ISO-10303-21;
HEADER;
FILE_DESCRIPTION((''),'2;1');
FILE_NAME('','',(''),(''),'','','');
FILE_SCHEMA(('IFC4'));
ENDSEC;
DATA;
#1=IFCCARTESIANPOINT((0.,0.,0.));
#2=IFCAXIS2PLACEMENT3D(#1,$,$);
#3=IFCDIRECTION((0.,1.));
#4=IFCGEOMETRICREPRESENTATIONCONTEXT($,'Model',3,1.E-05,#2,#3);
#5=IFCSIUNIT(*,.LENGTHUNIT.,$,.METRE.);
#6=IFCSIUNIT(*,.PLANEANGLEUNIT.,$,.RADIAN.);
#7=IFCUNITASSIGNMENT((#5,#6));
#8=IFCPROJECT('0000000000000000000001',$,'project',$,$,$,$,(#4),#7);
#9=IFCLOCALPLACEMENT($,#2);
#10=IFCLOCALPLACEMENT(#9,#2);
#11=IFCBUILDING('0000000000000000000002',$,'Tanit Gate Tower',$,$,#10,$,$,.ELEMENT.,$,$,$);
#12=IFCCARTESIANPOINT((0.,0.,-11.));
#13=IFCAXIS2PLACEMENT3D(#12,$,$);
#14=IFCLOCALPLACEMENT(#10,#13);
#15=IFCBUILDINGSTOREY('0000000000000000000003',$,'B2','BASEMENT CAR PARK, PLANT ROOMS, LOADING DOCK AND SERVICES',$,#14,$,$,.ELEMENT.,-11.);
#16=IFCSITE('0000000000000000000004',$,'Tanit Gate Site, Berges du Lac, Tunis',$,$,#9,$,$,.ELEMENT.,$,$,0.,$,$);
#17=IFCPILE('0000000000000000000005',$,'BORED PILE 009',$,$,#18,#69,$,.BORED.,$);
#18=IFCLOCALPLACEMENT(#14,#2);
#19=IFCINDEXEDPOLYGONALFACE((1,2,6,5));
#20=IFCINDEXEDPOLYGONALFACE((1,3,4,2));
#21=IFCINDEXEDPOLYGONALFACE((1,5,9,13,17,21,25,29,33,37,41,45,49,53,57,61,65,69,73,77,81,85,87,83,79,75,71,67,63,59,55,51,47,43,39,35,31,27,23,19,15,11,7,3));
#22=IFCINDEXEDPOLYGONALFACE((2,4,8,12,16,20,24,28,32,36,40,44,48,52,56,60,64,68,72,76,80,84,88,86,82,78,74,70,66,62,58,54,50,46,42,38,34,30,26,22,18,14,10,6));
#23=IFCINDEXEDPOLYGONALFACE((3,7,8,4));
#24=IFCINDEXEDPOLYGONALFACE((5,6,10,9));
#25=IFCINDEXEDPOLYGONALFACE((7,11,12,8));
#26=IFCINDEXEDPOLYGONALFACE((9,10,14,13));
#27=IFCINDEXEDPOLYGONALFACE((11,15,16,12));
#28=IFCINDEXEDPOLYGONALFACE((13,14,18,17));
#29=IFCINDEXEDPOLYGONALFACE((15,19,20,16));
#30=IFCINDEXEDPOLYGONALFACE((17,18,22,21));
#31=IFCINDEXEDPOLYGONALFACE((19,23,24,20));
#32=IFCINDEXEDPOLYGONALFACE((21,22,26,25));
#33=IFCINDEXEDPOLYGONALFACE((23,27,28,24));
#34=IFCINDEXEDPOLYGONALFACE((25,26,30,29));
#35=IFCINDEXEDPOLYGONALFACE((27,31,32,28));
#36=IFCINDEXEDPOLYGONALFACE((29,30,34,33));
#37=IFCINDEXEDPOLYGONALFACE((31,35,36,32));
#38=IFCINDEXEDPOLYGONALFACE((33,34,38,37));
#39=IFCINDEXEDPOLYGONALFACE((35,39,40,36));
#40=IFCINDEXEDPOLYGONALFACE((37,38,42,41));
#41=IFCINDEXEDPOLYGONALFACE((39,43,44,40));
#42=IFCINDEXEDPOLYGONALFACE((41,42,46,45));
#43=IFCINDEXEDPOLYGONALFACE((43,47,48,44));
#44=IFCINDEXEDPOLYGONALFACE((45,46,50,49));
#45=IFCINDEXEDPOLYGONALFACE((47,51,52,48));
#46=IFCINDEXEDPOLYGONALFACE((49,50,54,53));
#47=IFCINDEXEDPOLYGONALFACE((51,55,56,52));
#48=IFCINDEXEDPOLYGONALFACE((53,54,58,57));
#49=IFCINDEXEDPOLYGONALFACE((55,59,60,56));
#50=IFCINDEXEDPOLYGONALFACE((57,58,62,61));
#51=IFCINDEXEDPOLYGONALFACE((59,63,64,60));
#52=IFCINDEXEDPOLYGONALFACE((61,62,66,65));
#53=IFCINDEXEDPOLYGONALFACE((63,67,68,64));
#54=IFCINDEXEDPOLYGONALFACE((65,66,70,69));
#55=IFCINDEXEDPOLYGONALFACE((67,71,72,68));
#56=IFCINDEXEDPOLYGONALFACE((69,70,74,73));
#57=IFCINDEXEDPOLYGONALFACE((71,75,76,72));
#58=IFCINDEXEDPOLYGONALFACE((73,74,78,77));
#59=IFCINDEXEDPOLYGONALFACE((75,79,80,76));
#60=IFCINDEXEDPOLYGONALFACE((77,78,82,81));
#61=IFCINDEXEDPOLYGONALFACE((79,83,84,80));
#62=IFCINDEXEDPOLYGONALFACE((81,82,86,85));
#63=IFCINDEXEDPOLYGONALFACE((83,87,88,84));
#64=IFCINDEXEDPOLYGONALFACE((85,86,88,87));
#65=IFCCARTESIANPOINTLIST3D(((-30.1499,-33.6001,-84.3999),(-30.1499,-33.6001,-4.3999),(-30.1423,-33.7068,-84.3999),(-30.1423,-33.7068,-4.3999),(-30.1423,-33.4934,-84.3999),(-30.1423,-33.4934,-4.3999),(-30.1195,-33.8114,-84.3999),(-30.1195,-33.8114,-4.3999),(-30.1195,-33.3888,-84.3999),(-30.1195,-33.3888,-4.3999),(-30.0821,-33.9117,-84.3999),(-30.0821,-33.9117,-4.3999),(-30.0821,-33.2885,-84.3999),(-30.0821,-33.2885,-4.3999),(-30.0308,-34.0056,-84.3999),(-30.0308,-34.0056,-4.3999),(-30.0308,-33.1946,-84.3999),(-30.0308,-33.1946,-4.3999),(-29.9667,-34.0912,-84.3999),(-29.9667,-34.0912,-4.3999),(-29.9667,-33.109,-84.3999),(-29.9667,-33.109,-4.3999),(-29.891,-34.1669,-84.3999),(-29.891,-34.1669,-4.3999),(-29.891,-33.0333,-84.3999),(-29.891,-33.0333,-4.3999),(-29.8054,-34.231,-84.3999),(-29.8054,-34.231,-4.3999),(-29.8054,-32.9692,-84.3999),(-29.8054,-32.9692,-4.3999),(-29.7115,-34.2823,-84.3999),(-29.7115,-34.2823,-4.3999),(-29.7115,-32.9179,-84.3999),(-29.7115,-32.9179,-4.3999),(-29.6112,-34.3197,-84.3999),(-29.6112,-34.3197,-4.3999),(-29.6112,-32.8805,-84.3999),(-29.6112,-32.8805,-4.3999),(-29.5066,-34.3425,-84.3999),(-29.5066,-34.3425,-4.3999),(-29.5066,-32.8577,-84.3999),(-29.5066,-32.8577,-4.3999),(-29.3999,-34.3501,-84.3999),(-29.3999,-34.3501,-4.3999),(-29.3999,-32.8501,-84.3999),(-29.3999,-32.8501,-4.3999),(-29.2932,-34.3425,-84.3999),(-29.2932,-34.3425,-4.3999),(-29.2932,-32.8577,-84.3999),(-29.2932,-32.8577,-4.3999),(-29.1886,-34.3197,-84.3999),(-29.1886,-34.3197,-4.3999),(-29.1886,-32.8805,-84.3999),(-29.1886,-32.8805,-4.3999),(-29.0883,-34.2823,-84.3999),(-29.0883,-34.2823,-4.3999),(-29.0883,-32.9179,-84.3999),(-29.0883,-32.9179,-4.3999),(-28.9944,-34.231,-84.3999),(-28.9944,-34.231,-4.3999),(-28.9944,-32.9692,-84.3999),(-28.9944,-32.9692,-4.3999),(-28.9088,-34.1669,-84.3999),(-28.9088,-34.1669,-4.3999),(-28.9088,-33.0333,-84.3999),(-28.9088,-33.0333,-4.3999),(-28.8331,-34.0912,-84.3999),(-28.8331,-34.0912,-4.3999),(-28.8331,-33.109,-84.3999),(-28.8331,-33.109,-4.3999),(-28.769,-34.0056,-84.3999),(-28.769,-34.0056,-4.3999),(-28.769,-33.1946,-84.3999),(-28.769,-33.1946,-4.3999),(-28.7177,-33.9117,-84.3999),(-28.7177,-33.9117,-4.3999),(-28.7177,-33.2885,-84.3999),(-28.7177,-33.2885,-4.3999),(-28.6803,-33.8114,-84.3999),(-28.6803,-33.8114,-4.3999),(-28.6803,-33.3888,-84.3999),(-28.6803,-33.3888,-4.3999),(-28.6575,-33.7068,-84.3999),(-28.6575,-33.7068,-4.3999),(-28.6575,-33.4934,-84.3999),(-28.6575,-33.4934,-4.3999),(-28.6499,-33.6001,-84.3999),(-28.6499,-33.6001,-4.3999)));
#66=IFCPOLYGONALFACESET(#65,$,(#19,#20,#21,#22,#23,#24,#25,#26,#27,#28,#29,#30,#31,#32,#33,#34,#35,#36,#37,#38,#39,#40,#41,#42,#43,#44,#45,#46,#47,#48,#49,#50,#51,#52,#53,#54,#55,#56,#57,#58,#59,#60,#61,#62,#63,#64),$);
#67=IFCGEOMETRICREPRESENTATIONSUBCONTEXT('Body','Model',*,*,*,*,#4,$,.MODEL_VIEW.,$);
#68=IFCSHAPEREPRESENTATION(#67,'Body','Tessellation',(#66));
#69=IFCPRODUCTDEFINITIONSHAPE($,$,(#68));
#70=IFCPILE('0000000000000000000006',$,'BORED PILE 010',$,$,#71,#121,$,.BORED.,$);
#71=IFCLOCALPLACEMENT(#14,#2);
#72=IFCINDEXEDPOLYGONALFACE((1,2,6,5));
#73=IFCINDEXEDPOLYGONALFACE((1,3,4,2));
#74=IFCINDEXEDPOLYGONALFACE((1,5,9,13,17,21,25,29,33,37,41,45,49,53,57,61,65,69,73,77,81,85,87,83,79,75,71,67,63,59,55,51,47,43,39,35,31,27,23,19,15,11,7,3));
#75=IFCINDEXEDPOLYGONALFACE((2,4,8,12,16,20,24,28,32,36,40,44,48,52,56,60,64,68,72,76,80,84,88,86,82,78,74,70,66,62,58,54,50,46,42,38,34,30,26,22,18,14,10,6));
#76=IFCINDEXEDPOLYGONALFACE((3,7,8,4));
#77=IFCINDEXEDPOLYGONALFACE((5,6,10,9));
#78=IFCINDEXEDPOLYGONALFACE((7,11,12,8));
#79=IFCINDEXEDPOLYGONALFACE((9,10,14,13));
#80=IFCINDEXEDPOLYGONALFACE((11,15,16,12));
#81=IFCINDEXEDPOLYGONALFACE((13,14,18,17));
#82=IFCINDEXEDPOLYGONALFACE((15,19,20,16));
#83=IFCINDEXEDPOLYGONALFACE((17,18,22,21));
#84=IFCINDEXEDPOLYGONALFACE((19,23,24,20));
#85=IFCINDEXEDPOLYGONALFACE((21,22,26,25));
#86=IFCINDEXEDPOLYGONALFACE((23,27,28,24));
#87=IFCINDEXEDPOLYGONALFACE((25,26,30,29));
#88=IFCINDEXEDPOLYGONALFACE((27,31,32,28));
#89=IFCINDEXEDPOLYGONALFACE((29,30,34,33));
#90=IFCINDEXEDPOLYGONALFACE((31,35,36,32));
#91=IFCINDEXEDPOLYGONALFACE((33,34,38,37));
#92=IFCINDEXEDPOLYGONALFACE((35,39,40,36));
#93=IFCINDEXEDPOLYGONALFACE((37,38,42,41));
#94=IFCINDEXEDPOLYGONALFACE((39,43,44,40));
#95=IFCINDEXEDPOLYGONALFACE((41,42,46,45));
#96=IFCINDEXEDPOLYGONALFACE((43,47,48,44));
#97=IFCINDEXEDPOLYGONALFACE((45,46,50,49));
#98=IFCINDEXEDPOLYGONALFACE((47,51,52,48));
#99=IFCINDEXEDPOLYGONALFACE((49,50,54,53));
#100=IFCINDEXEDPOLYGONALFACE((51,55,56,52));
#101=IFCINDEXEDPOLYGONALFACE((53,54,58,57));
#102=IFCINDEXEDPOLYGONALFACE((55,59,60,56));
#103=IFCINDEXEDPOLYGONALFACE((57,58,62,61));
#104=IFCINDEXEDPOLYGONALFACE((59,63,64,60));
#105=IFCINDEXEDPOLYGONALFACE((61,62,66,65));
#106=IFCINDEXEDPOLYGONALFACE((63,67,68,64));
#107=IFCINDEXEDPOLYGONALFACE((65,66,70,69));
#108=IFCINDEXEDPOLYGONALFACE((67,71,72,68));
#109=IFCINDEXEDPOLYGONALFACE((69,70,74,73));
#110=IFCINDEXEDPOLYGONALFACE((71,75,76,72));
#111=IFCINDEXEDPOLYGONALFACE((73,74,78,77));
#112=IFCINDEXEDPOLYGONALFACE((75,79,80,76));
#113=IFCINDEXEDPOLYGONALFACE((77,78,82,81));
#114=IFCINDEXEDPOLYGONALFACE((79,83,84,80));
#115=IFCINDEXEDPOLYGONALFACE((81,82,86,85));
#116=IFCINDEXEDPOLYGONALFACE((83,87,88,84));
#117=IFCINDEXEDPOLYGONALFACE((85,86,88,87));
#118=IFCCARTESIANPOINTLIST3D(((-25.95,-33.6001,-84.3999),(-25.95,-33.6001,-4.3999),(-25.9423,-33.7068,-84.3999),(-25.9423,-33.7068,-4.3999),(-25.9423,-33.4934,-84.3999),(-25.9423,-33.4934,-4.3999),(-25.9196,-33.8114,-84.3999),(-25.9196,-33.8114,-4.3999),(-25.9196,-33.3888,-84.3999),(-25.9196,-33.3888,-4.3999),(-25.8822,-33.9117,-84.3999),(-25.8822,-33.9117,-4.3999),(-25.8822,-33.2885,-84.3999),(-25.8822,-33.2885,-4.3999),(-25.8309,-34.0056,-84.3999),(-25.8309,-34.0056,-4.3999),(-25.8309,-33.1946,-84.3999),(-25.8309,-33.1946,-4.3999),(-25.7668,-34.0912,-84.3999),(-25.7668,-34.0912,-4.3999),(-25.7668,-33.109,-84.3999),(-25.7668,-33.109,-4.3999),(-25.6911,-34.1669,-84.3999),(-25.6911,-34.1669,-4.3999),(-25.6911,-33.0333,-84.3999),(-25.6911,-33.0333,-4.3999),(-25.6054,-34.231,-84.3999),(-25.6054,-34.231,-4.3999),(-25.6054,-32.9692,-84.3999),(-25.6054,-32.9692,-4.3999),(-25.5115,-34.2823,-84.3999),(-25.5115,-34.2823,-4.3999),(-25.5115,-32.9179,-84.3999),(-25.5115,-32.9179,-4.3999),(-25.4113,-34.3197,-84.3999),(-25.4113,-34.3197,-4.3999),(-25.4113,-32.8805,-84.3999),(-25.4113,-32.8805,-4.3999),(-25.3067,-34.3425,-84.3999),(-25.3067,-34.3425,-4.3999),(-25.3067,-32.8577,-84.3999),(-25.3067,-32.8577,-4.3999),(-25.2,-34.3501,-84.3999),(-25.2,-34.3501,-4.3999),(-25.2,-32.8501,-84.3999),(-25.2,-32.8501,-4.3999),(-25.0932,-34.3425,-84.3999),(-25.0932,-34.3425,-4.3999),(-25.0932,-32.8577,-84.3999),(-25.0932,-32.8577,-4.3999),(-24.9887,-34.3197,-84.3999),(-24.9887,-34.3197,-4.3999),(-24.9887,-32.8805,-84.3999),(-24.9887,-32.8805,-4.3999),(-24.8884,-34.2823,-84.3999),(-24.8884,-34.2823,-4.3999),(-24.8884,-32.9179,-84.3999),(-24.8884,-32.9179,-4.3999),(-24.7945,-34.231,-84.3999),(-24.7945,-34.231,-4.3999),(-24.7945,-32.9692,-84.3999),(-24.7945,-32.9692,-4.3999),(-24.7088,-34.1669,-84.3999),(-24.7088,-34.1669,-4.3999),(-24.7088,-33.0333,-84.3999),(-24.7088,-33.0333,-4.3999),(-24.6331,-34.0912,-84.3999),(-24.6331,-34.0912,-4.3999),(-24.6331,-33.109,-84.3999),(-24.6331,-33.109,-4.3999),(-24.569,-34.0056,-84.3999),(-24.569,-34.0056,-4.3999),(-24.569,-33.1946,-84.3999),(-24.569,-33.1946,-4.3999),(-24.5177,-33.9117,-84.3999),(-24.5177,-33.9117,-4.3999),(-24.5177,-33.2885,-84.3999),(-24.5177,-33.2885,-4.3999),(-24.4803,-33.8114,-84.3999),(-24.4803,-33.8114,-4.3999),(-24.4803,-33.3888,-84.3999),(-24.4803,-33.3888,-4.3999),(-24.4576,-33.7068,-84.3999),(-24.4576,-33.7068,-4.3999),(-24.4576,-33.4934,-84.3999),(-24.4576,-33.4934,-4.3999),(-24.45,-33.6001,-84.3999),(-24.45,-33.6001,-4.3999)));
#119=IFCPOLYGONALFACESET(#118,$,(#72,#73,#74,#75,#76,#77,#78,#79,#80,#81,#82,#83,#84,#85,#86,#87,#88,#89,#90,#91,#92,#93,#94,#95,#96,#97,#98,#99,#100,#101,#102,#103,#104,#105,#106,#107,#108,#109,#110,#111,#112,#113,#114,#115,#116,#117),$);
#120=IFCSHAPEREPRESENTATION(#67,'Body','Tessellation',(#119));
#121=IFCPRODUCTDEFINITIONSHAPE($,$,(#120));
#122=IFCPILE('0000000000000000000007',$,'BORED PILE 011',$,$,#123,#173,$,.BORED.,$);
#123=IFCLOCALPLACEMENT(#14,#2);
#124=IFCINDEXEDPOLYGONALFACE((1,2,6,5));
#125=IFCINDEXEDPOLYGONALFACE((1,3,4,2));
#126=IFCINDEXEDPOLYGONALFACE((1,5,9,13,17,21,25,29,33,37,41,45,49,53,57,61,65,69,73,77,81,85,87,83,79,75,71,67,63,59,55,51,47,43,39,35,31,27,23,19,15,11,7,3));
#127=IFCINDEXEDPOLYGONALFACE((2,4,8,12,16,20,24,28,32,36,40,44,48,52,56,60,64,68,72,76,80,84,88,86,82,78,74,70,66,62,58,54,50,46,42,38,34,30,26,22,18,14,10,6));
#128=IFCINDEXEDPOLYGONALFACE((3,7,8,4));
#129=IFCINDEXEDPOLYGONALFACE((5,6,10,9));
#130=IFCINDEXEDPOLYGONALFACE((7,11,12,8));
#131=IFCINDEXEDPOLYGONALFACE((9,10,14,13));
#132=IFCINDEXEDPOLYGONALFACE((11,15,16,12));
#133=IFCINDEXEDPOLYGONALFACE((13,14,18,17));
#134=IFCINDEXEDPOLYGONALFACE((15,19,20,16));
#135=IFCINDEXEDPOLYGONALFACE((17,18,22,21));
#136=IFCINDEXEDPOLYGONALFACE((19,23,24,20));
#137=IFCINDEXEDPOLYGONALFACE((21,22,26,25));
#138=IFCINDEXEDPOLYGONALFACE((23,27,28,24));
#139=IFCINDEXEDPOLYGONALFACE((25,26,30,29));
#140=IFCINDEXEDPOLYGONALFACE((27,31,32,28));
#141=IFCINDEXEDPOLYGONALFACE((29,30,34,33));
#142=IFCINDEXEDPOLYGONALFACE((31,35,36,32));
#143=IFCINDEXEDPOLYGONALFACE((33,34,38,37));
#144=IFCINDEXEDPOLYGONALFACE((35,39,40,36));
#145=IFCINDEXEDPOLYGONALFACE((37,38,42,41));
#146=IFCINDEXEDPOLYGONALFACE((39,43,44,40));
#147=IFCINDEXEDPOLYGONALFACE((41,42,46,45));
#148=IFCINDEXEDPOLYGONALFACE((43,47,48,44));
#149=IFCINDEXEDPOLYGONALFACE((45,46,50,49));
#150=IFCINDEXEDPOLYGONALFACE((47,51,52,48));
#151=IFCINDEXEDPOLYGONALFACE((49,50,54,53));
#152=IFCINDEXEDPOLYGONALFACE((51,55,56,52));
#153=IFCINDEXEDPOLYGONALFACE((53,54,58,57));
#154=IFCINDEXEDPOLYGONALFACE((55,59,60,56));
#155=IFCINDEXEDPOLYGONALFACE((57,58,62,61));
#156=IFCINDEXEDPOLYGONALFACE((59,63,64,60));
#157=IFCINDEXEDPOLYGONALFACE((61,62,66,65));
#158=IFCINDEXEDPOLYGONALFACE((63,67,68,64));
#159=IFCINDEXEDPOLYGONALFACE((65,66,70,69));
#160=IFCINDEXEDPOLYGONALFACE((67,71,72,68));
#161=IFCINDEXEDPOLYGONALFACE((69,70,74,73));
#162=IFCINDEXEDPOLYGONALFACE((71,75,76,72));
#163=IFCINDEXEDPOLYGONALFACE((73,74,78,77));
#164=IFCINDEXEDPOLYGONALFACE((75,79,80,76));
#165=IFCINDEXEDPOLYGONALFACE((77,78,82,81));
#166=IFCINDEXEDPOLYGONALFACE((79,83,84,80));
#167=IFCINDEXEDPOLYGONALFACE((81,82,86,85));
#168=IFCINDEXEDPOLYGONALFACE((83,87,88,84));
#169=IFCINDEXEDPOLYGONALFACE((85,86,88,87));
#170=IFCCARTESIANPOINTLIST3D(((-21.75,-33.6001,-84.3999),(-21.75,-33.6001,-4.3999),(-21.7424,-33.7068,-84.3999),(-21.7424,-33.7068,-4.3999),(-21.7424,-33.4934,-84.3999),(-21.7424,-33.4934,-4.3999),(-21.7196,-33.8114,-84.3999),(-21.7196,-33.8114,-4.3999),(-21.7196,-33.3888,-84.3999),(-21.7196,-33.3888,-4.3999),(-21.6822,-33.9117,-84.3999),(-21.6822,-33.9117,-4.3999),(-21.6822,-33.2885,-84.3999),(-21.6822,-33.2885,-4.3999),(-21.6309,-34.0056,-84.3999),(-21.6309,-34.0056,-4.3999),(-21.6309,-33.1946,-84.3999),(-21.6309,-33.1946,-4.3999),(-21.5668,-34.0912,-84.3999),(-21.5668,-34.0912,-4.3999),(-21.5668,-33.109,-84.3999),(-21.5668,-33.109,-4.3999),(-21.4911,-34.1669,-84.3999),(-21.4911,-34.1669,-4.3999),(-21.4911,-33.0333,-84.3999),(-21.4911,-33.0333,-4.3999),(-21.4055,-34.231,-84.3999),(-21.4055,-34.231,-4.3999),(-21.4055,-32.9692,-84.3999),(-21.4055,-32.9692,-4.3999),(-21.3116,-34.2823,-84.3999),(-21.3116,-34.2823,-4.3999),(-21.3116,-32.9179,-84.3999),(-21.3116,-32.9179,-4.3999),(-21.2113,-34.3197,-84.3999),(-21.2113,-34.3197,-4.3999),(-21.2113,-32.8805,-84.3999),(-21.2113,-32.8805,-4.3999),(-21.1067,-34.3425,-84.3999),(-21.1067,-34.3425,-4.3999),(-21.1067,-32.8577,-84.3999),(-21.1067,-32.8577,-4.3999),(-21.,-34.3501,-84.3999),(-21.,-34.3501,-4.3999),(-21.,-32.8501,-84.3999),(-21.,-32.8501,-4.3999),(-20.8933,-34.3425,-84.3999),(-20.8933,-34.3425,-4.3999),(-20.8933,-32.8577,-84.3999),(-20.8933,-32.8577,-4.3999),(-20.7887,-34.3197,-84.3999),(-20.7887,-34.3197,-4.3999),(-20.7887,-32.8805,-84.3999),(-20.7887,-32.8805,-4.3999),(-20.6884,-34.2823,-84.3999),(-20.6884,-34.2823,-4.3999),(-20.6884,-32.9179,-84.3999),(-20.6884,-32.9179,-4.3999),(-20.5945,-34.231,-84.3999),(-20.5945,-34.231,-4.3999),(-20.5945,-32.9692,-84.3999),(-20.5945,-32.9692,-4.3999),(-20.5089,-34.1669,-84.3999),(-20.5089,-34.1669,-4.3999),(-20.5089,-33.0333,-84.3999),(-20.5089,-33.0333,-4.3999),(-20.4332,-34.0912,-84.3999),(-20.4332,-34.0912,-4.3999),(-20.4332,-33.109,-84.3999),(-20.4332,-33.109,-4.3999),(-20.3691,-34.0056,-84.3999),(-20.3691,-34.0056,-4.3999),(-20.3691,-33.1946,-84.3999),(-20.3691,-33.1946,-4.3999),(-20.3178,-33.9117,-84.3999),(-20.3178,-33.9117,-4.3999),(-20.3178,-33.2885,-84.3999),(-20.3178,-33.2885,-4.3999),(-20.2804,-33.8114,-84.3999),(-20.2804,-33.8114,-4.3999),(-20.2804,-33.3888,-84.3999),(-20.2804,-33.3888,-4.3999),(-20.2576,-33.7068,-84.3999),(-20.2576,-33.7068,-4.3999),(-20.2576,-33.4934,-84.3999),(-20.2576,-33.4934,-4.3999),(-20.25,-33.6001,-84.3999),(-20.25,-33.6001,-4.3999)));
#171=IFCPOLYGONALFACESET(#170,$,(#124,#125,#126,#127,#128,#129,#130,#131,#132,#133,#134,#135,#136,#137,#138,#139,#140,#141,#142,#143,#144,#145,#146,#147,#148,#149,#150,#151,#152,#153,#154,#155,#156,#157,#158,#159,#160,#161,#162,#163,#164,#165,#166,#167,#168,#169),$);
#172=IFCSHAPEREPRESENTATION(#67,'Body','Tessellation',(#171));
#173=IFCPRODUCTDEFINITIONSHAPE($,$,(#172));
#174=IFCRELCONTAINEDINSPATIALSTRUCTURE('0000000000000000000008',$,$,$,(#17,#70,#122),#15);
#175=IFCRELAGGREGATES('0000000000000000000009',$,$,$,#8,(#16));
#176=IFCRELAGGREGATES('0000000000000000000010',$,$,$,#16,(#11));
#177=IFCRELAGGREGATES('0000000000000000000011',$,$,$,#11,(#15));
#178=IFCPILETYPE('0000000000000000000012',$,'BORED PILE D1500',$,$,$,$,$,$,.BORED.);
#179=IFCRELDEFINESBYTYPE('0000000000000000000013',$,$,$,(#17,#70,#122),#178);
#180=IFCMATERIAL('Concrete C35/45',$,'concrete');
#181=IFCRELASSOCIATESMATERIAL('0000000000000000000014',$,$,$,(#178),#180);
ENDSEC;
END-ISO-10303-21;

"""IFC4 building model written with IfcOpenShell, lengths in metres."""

from ifc_helpers import new_model, si_unit, direction, frame, origin, origin_2d, place, context, subcontext, project, spatial, circle, extrude, material, material_profile, profile_set, type_object, element, save


model = new_model("IFC4")

# Units and contexts
model_context = context("Model", 3, precision=1e-05, world=origin(), true_north=direction((0.0, 1.0)))
body_context = subcontext(model_context, "Body", "Model", "MODEL_VIEW")
ifc_project = project(units=[si_unit("LENGTHUNIT", "METRE"), si_unit("PLANEANGLEUNIT", "RADIAN")], contexts=[model_context])

# Site, building, storey
site_placement = place(None, origin())
site = spatial("IfcSite", under=ifc_project, at=site_placement, Name="Tanit Gate Site, Berges du Lac, Tunis", CompositionType="ELEMENT", RefElevation=0.0)
building_placement = place(site_placement, origin())
building = spatial("IfcBuilding", under=site, at=building_placement, Name="Tanit Gate Tower", CompositionType="ELEMENT")
storey_placement = place(building_placement, frame((0.0, 0.0, -11.0)))
storey = spatial("IfcBuildingStorey", under=building, at=storey_placement, Name="B2", Description="BASEMENT CAR PARK, PLANT ROOMS, LOADING DOCK AND SERVICES", CompositionType="ELEMENT", Elevation=-11.0)

# Piles
ifc_material_1 = material(Name="Concrete C35/45", Category="concrete")
ifc_material_profile_1 = material_profile(ifc_material_1, circle(Radius=0.75, at=origin_2d()), Name="BORED PILE D1500 C35/45")
ifc_profile_set_1 = profile_set([ifc_material_profile_1], Name="Concrete C35/45")
pile_type = type_object("IfcPileType", Name="BORED PILE D1500", PredefinedType="BORED", material=ifc_profile_set_1)
for number, where, z_axis, x_axis, name in (
    (1, (-29.3999, -33.6001, -4.3999), (0.0, 0.0, -1.0), (1.0, 0.0, 0.0), "BORED PILE 009"),
    (2, (-25.2, -33.6001, -4.3999), (0.0, 0.0, -1.0), (1.0, 0.0, 0.0), "BORED PILE 010"),
    (3, (-21.0, -33.6001, -4.3999), (0.0, 0.0, -1.0), (1.0, 0.0, 0.0), "BORED PILE 011"),
):
    element("IfcPile", number, at=place(storey_placement, frame(where, z_axis=z_axis, x_axis=x_axis)), inside=storey, type_object=pile_type, Name=name, PredefinedType="BORED", context=body_context, shape_type="SweptSolid", body=[
        extrude(circle(Radius=0.75, at=origin_2d()), origin(), (0.0, 0.0, 1.0), 80.0),
    ])

save(model, "model.ifc")
